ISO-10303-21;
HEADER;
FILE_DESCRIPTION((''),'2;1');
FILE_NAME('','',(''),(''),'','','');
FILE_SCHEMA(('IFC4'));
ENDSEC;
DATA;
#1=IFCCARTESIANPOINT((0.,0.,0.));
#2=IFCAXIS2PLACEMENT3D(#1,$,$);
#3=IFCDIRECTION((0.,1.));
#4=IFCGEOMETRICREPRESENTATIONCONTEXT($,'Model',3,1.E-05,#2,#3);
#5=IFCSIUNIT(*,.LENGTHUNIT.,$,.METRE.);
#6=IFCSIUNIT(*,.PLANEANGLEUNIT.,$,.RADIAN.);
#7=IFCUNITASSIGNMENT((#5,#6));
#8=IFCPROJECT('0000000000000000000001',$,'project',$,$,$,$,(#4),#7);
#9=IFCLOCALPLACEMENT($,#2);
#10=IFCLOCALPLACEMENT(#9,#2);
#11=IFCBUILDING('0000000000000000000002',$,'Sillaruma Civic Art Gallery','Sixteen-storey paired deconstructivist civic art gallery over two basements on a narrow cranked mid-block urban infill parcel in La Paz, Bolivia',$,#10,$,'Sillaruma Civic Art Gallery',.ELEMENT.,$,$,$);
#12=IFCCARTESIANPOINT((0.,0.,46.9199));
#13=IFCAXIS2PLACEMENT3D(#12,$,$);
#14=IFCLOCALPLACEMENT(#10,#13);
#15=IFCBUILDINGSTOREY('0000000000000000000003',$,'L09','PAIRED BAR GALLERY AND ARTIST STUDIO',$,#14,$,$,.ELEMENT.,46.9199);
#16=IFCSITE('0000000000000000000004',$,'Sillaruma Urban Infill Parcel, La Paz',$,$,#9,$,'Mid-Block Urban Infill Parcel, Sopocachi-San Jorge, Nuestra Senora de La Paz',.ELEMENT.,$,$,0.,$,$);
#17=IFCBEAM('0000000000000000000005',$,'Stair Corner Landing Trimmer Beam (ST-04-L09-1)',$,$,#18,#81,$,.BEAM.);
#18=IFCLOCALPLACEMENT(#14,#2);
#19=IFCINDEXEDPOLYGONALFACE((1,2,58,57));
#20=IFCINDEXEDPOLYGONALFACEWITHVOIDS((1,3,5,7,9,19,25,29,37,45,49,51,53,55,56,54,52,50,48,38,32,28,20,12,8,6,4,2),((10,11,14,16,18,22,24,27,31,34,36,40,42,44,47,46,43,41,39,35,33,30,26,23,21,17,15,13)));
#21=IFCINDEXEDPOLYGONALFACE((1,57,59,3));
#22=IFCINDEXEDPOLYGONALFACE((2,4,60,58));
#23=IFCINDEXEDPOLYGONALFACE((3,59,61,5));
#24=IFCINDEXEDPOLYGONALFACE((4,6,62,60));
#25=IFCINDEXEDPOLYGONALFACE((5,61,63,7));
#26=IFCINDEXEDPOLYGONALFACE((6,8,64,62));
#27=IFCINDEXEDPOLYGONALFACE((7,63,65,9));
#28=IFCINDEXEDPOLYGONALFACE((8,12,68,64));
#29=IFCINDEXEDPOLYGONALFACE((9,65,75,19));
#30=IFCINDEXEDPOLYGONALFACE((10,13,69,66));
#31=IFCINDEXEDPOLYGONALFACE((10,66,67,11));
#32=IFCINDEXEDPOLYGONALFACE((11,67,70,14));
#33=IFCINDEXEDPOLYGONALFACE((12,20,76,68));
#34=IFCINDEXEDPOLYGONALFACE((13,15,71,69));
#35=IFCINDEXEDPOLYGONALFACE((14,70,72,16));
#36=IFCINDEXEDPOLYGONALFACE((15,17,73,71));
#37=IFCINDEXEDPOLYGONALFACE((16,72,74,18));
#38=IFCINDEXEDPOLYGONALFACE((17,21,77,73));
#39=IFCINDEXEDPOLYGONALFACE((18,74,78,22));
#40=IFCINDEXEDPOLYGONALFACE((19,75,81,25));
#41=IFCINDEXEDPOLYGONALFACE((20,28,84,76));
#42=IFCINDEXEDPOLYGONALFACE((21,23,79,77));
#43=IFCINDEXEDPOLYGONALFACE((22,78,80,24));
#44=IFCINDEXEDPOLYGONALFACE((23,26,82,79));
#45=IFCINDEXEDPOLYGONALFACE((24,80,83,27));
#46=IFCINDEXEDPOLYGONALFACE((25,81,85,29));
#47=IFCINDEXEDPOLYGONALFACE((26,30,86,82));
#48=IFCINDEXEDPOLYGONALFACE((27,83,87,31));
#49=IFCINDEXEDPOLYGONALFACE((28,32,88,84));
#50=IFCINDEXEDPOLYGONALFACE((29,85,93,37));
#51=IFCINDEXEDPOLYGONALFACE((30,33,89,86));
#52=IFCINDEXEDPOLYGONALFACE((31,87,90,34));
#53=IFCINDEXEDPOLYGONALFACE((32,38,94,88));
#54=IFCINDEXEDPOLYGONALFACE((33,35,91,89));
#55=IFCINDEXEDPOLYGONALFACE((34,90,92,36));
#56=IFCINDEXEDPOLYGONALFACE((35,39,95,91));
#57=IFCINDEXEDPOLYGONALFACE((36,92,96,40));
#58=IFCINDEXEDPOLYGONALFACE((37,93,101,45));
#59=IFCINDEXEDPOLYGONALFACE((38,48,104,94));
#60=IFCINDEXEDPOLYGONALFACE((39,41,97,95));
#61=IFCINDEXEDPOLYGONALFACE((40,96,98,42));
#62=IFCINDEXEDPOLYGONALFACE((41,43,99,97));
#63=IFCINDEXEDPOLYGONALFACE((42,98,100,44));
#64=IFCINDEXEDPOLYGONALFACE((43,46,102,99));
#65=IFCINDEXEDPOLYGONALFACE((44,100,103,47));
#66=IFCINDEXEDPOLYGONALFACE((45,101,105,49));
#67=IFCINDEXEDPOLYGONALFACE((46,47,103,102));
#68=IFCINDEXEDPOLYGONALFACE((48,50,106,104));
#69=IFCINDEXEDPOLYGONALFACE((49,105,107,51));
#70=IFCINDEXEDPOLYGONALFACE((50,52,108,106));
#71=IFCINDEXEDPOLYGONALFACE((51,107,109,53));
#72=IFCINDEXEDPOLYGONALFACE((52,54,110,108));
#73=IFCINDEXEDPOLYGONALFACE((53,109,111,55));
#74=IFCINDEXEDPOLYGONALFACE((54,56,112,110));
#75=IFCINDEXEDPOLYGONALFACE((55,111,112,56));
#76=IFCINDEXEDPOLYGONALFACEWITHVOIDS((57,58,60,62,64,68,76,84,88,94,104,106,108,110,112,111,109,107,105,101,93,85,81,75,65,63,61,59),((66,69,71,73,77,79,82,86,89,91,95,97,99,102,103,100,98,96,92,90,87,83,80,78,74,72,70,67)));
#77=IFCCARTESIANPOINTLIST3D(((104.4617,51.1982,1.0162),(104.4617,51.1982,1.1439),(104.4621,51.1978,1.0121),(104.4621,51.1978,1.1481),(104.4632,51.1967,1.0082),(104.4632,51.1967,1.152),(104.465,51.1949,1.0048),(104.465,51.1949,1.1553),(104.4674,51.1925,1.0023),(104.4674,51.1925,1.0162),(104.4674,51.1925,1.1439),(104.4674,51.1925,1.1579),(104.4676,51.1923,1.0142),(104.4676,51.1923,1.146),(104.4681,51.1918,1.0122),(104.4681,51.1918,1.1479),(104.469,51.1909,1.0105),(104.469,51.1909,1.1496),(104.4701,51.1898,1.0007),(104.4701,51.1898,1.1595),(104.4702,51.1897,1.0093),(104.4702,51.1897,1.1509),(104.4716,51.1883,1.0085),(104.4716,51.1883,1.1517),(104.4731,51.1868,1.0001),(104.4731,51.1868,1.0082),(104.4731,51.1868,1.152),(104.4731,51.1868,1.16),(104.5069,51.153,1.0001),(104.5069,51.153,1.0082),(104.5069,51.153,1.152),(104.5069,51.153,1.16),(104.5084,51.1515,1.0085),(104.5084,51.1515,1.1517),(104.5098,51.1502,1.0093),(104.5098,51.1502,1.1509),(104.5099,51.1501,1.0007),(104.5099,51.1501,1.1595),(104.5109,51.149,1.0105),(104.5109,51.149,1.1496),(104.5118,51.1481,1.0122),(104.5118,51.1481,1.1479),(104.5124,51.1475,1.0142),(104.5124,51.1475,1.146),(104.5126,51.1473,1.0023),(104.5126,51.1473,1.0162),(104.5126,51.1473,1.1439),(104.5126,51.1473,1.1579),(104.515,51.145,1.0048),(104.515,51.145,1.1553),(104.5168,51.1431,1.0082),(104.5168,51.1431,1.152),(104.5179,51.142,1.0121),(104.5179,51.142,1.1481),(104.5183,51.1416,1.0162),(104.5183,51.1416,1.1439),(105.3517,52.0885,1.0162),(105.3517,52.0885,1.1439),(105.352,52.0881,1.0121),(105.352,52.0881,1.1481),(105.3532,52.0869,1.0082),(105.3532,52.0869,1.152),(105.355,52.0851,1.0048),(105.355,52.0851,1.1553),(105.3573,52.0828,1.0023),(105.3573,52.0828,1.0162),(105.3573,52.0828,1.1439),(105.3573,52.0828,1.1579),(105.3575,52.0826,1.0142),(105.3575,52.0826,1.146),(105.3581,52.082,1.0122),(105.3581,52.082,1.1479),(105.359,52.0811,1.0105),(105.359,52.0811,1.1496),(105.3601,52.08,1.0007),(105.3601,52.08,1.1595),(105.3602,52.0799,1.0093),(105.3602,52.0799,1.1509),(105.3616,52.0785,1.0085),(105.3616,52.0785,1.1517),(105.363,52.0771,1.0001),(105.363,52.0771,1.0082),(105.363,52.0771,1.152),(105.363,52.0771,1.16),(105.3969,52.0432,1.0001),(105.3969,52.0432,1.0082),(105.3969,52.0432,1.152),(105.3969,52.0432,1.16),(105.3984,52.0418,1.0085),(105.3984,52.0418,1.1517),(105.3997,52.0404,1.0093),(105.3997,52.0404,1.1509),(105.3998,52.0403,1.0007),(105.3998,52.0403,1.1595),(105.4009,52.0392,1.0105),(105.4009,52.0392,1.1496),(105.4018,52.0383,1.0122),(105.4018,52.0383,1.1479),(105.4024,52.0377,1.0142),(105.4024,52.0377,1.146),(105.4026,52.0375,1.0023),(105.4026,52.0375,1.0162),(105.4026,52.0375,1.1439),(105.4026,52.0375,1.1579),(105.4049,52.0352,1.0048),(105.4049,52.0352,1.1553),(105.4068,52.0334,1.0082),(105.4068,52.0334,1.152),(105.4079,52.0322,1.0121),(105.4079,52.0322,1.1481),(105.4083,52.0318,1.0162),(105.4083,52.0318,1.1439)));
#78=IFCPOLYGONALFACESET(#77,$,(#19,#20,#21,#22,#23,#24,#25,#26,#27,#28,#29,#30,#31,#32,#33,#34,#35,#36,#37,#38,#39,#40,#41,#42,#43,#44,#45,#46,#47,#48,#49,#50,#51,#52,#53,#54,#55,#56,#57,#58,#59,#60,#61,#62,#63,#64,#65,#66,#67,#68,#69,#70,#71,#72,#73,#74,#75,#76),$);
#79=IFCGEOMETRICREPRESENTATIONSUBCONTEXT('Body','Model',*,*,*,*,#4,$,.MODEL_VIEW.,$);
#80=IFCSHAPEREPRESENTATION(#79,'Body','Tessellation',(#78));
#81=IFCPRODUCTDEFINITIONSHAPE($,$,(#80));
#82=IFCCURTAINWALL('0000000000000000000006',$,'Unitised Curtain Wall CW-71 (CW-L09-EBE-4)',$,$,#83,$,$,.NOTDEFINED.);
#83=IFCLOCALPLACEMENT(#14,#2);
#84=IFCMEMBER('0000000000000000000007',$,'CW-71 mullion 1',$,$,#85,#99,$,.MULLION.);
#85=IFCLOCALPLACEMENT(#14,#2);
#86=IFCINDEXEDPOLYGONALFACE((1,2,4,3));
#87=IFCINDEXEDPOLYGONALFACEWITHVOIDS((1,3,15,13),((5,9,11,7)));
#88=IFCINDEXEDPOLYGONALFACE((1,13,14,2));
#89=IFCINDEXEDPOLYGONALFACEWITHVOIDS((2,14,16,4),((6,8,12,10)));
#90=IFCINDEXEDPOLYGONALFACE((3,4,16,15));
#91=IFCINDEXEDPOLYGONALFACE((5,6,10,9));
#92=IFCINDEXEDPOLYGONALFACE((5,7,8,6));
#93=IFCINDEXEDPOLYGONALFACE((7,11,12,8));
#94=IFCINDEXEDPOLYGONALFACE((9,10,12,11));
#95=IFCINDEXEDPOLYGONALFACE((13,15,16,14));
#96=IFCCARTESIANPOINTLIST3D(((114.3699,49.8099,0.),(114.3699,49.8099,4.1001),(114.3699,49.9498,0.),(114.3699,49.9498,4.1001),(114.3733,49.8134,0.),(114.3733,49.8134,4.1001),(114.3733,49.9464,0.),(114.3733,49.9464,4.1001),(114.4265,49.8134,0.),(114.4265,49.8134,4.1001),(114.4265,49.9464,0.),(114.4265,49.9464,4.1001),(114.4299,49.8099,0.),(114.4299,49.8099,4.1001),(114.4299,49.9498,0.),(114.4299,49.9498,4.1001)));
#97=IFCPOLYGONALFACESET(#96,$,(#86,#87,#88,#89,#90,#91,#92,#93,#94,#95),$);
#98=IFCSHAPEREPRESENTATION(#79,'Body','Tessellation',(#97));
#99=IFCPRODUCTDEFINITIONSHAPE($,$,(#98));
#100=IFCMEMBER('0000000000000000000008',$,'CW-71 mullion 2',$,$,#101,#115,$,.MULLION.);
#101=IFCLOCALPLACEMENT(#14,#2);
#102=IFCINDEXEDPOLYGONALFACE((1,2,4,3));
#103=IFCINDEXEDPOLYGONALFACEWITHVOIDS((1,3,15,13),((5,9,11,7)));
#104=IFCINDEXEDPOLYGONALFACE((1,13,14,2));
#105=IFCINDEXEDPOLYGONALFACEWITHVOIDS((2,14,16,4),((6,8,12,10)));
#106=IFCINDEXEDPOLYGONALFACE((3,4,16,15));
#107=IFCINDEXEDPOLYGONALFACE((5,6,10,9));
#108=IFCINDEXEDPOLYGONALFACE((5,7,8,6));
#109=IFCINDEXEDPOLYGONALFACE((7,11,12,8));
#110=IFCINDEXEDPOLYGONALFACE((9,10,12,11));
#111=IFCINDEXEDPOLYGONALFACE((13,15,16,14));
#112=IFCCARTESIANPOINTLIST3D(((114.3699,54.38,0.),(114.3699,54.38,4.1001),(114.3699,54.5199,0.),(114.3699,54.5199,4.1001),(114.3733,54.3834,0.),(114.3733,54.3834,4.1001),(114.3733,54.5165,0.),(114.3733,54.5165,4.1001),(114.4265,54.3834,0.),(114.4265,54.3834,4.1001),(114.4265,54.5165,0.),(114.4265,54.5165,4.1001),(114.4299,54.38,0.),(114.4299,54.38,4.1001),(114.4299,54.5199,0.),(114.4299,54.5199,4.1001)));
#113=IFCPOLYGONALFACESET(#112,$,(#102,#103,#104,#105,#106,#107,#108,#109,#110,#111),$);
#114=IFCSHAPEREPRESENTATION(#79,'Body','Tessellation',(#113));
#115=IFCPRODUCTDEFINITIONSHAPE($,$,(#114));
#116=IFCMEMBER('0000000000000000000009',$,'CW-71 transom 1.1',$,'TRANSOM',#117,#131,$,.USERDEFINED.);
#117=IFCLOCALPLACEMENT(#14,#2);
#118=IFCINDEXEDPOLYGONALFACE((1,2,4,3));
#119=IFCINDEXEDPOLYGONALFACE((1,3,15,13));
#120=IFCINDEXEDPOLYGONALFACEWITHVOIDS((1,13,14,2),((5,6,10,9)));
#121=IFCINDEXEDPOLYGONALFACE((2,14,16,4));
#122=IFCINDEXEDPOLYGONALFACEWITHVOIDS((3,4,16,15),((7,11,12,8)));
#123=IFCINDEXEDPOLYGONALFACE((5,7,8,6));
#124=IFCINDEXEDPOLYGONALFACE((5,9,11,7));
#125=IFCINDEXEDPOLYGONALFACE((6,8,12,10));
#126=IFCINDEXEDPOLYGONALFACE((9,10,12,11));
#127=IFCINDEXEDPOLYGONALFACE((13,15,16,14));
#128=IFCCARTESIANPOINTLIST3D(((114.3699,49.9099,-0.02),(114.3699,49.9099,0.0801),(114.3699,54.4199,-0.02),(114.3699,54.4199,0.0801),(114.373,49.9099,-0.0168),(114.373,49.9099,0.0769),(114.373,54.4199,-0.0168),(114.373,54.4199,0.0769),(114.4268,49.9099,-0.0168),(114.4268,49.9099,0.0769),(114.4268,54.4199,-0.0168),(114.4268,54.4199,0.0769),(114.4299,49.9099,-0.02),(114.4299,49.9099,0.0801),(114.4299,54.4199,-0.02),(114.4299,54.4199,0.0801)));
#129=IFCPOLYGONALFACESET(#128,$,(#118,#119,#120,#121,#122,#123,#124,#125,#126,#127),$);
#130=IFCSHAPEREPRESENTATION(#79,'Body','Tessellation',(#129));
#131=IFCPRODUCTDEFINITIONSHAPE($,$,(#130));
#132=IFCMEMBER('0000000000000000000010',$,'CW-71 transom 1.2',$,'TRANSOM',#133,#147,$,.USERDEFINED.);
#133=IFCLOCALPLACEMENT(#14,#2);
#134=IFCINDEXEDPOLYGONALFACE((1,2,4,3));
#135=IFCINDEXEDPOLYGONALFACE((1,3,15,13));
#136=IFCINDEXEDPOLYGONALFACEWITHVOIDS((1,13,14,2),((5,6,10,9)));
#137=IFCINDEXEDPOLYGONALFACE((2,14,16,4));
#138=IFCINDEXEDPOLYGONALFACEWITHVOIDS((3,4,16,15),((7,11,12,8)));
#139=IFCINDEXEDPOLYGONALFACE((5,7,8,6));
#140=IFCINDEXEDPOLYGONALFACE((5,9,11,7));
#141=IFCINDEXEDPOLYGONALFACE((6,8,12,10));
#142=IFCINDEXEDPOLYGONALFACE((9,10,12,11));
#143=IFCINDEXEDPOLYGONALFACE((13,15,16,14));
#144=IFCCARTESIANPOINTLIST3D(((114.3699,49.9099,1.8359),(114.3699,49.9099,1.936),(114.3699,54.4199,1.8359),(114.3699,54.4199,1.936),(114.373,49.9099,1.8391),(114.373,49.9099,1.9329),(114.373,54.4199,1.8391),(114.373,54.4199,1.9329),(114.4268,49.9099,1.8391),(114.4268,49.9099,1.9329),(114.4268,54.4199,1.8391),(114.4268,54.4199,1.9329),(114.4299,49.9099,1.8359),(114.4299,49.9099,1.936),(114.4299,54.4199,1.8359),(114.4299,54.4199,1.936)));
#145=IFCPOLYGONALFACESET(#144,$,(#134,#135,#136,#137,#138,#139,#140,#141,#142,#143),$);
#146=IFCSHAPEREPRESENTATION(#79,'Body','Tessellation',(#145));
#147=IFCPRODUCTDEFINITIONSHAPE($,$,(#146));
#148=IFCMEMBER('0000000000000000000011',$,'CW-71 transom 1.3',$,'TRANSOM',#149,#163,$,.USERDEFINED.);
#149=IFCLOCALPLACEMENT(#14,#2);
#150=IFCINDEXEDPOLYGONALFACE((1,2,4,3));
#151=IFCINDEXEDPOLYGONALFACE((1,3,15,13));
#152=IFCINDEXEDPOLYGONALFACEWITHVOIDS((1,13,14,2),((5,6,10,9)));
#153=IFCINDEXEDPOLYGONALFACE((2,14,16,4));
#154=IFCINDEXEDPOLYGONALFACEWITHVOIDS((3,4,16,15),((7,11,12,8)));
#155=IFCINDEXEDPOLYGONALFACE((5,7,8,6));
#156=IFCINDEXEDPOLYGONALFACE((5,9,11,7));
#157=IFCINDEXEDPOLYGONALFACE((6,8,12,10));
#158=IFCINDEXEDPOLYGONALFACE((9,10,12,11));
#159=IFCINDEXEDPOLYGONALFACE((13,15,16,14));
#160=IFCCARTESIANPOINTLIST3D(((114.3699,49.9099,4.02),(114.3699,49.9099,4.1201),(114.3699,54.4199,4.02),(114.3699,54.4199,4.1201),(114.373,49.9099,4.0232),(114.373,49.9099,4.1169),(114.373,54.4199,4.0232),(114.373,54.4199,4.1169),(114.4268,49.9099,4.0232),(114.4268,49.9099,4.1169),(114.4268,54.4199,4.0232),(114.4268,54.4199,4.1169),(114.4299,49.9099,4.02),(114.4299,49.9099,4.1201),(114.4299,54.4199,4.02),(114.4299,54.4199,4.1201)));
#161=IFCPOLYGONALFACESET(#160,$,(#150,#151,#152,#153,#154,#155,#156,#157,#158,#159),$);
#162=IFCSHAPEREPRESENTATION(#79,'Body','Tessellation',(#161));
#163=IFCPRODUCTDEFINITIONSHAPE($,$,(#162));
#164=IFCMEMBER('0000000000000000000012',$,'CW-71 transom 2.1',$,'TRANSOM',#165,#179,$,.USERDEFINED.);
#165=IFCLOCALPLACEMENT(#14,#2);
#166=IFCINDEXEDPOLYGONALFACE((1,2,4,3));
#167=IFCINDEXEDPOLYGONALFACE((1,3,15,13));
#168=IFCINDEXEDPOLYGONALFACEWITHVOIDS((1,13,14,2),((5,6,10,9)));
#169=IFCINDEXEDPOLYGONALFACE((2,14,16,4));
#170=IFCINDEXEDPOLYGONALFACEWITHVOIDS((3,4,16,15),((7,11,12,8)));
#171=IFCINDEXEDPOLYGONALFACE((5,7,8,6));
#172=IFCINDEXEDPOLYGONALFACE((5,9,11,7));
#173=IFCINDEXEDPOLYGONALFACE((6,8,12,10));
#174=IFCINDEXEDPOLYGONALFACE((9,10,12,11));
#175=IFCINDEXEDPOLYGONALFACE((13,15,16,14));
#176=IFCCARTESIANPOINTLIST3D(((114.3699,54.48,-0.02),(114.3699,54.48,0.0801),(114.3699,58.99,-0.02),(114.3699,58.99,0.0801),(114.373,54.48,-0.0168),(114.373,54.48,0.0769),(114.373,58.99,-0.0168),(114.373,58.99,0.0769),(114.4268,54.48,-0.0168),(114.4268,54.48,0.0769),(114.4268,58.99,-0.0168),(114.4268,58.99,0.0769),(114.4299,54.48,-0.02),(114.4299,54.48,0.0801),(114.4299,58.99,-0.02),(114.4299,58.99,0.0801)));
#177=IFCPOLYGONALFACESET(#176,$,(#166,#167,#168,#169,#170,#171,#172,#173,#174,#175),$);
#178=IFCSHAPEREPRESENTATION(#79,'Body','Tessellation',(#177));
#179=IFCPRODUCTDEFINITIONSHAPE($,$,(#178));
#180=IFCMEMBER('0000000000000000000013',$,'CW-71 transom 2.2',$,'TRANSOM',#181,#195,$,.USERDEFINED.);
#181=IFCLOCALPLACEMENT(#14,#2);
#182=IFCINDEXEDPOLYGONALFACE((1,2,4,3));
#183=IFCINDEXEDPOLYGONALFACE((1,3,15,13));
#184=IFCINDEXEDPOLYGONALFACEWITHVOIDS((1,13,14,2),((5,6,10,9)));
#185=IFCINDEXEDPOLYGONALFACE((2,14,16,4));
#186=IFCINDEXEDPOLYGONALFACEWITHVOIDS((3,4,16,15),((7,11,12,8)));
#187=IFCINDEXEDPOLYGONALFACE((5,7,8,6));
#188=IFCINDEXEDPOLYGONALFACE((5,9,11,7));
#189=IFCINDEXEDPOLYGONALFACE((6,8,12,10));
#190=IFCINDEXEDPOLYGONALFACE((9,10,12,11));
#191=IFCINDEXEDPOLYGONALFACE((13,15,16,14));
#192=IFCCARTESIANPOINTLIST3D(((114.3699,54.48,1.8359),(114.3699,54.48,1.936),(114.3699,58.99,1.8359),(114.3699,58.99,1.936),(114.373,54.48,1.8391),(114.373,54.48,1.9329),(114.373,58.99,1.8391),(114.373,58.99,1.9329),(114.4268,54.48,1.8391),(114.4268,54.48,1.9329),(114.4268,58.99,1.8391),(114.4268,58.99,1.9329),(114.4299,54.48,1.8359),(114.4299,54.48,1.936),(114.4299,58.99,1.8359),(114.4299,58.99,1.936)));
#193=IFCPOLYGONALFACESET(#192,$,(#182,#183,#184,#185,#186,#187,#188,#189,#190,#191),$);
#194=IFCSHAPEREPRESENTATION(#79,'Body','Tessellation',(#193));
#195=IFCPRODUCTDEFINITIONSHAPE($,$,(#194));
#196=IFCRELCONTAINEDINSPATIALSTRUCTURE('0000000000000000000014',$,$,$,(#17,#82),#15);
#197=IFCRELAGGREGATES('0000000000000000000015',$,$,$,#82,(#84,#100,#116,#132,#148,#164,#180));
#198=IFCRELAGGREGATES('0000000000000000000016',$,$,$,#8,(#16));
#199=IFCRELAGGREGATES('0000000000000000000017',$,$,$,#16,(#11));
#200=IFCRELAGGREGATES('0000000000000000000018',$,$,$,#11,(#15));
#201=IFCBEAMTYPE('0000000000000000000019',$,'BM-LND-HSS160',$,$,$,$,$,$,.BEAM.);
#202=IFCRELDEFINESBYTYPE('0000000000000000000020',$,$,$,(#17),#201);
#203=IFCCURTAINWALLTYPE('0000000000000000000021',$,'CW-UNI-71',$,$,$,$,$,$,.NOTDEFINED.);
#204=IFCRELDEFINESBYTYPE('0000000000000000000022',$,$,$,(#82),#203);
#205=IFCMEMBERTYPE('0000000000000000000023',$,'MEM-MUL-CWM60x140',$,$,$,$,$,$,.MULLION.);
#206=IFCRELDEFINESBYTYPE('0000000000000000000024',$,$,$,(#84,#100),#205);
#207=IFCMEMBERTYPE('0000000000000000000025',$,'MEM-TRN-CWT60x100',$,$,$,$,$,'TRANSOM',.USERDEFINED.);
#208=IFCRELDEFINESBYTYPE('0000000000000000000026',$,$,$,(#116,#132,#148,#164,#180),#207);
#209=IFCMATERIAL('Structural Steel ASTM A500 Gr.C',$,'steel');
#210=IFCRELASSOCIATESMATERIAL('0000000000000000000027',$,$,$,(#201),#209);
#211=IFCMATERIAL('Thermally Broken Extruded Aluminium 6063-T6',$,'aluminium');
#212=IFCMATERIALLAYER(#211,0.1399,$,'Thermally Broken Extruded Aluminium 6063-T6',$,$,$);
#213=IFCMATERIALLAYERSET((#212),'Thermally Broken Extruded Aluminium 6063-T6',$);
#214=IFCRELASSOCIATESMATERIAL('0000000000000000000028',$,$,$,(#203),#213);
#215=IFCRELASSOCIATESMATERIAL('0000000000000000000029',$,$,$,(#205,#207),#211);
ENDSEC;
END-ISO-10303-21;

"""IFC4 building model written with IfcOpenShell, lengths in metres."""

from ifc_helpers import new_model, si_unit, direction, frame, origin, origin_2d, place, context, subcontext, project, spatial, hollow_rectangle, extrude, material, layer, layer_set, material_profile, profile_set, type_object, element, aggregate, save


model = new_model("IFC4")

# Units and contexts
model_context = context("Model", 3, precision=1e-05, world=origin(), true_north=direction((0.0, 1.0)))
body_context = subcontext(model_context, "Body", "Model", "MODEL_VIEW")
ifc_project = project(units=[si_unit("LENGTHUNIT", "METRE"), si_unit("PLANEANGLEUNIT", "RADIAN")], contexts=[model_context])

# Site, building, storey
site_placement = place(None, origin())
site = spatial("IfcSite", under=ifc_project, at=site_placement, Name="Sillaruma Urban Infill Parcel, La Paz", LongName="Mid-Block Urban Infill Parcel, Sopocachi-San Jorge, Nuestra Senora de La Paz", CompositionType="ELEMENT", RefElevation=0.0)
building_placement = place(site_placement, origin())
building = spatial("IfcBuilding", under=site, at=building_placement, Name="Sillaruma Civic Art Gallery", Description="Sixteen-storey paired deconstructivist civic art gallery over two basements on a narrow cranked mid-block urban infill parcel in La Paz, Bolivia", LongName="Sillaruma Civic Art Gallery", CompositionType="ELEMENT")
storey_placement = place(building_placement, frame((0.0, 0.0, 46.9199)))
storey = spatial("IfcBuildingStorey", under=building, at=storey_placement, Name="L09", Description="PAIRED BAR GALLERY AND ARTIST STUDIO", CompositionType="ELEMENT", Elevation=46.9199)

# Beam
ifc_material_1 = material(Name="Structural Steel ASTM A500 Gr.C", Category="steel")
ifc_material_profile_1 = material_profile(ifc_material_1, hollow_rectangle(XDim=0.0801, YDim=0.1599, WallThickness=0.0081, InnerFilletRadius=0.0081, OuterFilletRadius=0.0161, at=origin_2d()), Name="HSS160x80x8")
ifc_profile_set_1 = profile_set([ifc_material_profile_1], Name="Structural Steel ASTM A500 Gr.C")
beam_type = type_object("IfcBeamType", Name="BM-LND-HSS160", PredefinedType="BEAM", material=ifc_profile_set_1)
beam_placement = place(storey_placement, frame((104.49, 51.1699, 1.0801), z_axis=(0.70701, 0.707204, 0.0), x_axis=(-0.707204, 0.70701, 0.0)))
element("IfcBeam", 1, at=beam_placement, inside=storey, type_object=beam_type, Name="Stair Corner Landing Trimmer Beam (ST-04-L09-1)", PredefinedType="BEAM", context=body_context, shape_type="SweptSolid", body=[
    extrude(hollow_rectangle(XDim=0.0801, YDim=0.1599, WallThickness=0.0081, InnerFilletRadius=0.0081, OuterFilletRadius=0.0161, at=origin_2d()), origin(), (0.0, 0.0, 1.0), 1.2588),
])

# Curtain wall, members
ifc_material_2 = material(Name="Thermally Broken Extruded Aluminium 6063-T6", Category="aluminium")
ifc_layer_1 = layer(ifc_material_2, 0.1399, Name="Thermally Broken Extruded Aluminium 6063-T6")
ifc_layer_set_1 = layer_set([ifc_layer_1], Name="Thermally Broken Extruded Aluminium 6063-T6")
curtain_wall_type_1 = type_object("IfcCurtainWallType", Name="CW-UNI-71", PredefinedType="NOTDEFINED", material=ifc_layer_set_1)
curtain_wall_1_placement = place(storey_placement, origin())
curtain_wall_1 = element("IfcCurtainWall", 2, at=curtain_wall_1_placement, inside=storey, type_object=curtain_wall_type_1, Name="Unitised Curtain Wall CW-71 (CW-L09-EBE-4)", PredefinedType="NOTDEFINED")
ifc_material_profile_2 = material_profile(ifc_material_2, hollow_rectangle(XDim=0.0601, YDim=0.1399, WallThickness=0.0034, at=origin_2d()), Name="CWM60x140")
ifc_profile_set_2 = profile_set([ifc_material_profile_2], Name="Thermally Broken Extruded Aluminium 6063-T6")
member_type_1 = type_object("IfcMemberType", Name="MEM-MUL-CWM60x140", PredefinedType="MULLION", material=ifc_profile_set_2)
member_1_placement = place(storey_placement, frame((114.3999, 49.8799, 0.0), z_axis=(0.0, 0.0, 1.0), x_axis=(-1.0, 0.0, 0.0)))
member_1 = element("IfcMember", 3, at=member_1_placement, type_object=member_type_1, Name="CW-71 mullion 1", PredefinedType="MULLION", context=body_context, shape_type="SweptSolid", body=[
    extrude(hollow_rectangle(XDim=0.0601, YDim=0.1399, WallThickness=0.0034, at=origin_2d()), origin(), (0.0, 0.0, 1.0), 4.1001),
])
member_2_placement = place(storey_placement, frame((114.3999, 54.45, 0.0), z_axis=(0.0, 0.0, 1.0), x_axis=(-1.0, 0.0, 0.0)))
member_2 = element("IfcMember", 4, at=member_2_placement, type_object=member_type_1, Name="CW-71 mullion 2", PredefinedType="MULLION", context=body_context, shape_type="SweptSolid", body=[
    extrude(hollow_rectangle(XDim=0.0601, YDim=0.1399, WallThickness=0.0034, at=origin_2d()), origin(), (0.0, 0.0, 1.0), 4.1001),
])
ifc_material_profile_3 = material_profile(ifc_material_2, hollow_rectangle(XDim=0.0601, YDim=0.1001, WallThickness=0.0032, at=origin_2d()), Name="CWT60x100")
ifc_profile_set_3 = profile_set([ifc_material_profile_3], Name="Thermally Broken Extruded Aluminium 6063-T6")
member_type_2 = type_object("IfcMemberType", Name="MEM-TRN-CWT60x100", ElementType="TRANSOM", PredefinedType="USERDEFINED", material=ifc_profile_set_3)
member_3_placement = place(storey_placement, frame((114.3999, 49.9099, 0.03), z_axis=(0.0, 1.0, 0.0), x_axis=(-1.0, 0.0, 0.0)))
member_3 = element("IfcMember", 5, at=member_3_placement, type_object=member_type_2, Name="CW-71 transom 1.1", ObjectType="TRANSOM", PredefinedType="USERDEFINED", context=body_context, shape_type="SweptSolid", body=[
    extrude(hollow_rectangle(XDim=0.0601, YDim=0.1001, WallThickness=0.0032, at=origin_2d()), origin(), (0.0, 0.0, 1.0), 4.51),
])
member_4_placement = place(storey_placement, frame((114.3999, 49.9099, 1.886), z_axis=(0.0, 1.0, 0.0), x_axis=(-1.0, 0.0, 0.0)))
member_4 = element("IfcMember", 6, at=member_4_placement, type_object=member_type_2, Name="CW-71 transom 1.2", ObjectType="TRANSOM", PredefinedType="USERDEFINED", context=body_context, shape_type="SweptSolid", body=[
    extrude(hollow_rectangle(XDim=0.0601, YDim=0.1001, WallThickness=0.0032, at=origin_2d()), origin(), (0.0, 0.0, 1.0), 4.51),
])
member_5_placement = place(storey_placement, frame((114.3999, 49.9099, 4.0701), z_axis=(0.0, 1.0, 0.0), x_axis=(-1.0, 0.0, 0.0)))
member_5 = element("IfcMember", 7, at=member_5_placement, type_object=member_type_2, Name="CW-71 transom 1.3", ObjectType="TRANSOM", PredefinedType="USERDEFINED", context=body_context, shape_type="SweptSolid", body=[
    extrude(hollow_rectangle(XDim=0.0601, YDim=0.1001, WallThickness=0.0032, at=origin_2d()), origin(), (0.0, 0.0, 1.0), 4.51),
])
member_6_placement = place(storey_placement, frame((114.3999, 54.48, 0.03), z_axis=(0.0, 1.0, 0.0), x_axis=(-1.0, 0.0, 0.0)))
member_6 = element("IfcMember", 8, at=member_6_placement, type_object=member_type_2, Name="CW-71 transom 2.1", ObjectType="TRANSOM", PredefinedType="USERDEFINED", context=body_context, shape_type="SweptSolid", body=[
    extrude(hollow_rectangle(XDim=0.0601, YDim=0.1001, WallThickness=0.0032, at=origin_2d()), origin(), (0.0, 0.0, 1.0), 4.51),
])
member_7_placement = place(storey_placement, frame((114.3999, 54.48, 1.886), z_axis=(0.0, 1.0, 0.0), x_axis=(-1.0, 0.0, 0.0)))
member_7 = element("IfcMember", 9, at=member_7_placement, type_object=member_type_2, Name="CW-71 transom 2.2", ObjectType="TRANSOM", PredefinedType="USERDEFINED", context=body_context, shape_type="SweptSolid", body=[
    extrude(hollow_rectangle(XDim=0.0601, YDim=0.1001, WallThickness=0.0032, at=origin_2d()), origin(), (0.0, 0.0, 1.0), 4.51),
])

aggregate(curtain_wall_1, [member_1, member_2, member_3, member_4, member_5, member_6, member_7])

save(model, "model.ifc")
